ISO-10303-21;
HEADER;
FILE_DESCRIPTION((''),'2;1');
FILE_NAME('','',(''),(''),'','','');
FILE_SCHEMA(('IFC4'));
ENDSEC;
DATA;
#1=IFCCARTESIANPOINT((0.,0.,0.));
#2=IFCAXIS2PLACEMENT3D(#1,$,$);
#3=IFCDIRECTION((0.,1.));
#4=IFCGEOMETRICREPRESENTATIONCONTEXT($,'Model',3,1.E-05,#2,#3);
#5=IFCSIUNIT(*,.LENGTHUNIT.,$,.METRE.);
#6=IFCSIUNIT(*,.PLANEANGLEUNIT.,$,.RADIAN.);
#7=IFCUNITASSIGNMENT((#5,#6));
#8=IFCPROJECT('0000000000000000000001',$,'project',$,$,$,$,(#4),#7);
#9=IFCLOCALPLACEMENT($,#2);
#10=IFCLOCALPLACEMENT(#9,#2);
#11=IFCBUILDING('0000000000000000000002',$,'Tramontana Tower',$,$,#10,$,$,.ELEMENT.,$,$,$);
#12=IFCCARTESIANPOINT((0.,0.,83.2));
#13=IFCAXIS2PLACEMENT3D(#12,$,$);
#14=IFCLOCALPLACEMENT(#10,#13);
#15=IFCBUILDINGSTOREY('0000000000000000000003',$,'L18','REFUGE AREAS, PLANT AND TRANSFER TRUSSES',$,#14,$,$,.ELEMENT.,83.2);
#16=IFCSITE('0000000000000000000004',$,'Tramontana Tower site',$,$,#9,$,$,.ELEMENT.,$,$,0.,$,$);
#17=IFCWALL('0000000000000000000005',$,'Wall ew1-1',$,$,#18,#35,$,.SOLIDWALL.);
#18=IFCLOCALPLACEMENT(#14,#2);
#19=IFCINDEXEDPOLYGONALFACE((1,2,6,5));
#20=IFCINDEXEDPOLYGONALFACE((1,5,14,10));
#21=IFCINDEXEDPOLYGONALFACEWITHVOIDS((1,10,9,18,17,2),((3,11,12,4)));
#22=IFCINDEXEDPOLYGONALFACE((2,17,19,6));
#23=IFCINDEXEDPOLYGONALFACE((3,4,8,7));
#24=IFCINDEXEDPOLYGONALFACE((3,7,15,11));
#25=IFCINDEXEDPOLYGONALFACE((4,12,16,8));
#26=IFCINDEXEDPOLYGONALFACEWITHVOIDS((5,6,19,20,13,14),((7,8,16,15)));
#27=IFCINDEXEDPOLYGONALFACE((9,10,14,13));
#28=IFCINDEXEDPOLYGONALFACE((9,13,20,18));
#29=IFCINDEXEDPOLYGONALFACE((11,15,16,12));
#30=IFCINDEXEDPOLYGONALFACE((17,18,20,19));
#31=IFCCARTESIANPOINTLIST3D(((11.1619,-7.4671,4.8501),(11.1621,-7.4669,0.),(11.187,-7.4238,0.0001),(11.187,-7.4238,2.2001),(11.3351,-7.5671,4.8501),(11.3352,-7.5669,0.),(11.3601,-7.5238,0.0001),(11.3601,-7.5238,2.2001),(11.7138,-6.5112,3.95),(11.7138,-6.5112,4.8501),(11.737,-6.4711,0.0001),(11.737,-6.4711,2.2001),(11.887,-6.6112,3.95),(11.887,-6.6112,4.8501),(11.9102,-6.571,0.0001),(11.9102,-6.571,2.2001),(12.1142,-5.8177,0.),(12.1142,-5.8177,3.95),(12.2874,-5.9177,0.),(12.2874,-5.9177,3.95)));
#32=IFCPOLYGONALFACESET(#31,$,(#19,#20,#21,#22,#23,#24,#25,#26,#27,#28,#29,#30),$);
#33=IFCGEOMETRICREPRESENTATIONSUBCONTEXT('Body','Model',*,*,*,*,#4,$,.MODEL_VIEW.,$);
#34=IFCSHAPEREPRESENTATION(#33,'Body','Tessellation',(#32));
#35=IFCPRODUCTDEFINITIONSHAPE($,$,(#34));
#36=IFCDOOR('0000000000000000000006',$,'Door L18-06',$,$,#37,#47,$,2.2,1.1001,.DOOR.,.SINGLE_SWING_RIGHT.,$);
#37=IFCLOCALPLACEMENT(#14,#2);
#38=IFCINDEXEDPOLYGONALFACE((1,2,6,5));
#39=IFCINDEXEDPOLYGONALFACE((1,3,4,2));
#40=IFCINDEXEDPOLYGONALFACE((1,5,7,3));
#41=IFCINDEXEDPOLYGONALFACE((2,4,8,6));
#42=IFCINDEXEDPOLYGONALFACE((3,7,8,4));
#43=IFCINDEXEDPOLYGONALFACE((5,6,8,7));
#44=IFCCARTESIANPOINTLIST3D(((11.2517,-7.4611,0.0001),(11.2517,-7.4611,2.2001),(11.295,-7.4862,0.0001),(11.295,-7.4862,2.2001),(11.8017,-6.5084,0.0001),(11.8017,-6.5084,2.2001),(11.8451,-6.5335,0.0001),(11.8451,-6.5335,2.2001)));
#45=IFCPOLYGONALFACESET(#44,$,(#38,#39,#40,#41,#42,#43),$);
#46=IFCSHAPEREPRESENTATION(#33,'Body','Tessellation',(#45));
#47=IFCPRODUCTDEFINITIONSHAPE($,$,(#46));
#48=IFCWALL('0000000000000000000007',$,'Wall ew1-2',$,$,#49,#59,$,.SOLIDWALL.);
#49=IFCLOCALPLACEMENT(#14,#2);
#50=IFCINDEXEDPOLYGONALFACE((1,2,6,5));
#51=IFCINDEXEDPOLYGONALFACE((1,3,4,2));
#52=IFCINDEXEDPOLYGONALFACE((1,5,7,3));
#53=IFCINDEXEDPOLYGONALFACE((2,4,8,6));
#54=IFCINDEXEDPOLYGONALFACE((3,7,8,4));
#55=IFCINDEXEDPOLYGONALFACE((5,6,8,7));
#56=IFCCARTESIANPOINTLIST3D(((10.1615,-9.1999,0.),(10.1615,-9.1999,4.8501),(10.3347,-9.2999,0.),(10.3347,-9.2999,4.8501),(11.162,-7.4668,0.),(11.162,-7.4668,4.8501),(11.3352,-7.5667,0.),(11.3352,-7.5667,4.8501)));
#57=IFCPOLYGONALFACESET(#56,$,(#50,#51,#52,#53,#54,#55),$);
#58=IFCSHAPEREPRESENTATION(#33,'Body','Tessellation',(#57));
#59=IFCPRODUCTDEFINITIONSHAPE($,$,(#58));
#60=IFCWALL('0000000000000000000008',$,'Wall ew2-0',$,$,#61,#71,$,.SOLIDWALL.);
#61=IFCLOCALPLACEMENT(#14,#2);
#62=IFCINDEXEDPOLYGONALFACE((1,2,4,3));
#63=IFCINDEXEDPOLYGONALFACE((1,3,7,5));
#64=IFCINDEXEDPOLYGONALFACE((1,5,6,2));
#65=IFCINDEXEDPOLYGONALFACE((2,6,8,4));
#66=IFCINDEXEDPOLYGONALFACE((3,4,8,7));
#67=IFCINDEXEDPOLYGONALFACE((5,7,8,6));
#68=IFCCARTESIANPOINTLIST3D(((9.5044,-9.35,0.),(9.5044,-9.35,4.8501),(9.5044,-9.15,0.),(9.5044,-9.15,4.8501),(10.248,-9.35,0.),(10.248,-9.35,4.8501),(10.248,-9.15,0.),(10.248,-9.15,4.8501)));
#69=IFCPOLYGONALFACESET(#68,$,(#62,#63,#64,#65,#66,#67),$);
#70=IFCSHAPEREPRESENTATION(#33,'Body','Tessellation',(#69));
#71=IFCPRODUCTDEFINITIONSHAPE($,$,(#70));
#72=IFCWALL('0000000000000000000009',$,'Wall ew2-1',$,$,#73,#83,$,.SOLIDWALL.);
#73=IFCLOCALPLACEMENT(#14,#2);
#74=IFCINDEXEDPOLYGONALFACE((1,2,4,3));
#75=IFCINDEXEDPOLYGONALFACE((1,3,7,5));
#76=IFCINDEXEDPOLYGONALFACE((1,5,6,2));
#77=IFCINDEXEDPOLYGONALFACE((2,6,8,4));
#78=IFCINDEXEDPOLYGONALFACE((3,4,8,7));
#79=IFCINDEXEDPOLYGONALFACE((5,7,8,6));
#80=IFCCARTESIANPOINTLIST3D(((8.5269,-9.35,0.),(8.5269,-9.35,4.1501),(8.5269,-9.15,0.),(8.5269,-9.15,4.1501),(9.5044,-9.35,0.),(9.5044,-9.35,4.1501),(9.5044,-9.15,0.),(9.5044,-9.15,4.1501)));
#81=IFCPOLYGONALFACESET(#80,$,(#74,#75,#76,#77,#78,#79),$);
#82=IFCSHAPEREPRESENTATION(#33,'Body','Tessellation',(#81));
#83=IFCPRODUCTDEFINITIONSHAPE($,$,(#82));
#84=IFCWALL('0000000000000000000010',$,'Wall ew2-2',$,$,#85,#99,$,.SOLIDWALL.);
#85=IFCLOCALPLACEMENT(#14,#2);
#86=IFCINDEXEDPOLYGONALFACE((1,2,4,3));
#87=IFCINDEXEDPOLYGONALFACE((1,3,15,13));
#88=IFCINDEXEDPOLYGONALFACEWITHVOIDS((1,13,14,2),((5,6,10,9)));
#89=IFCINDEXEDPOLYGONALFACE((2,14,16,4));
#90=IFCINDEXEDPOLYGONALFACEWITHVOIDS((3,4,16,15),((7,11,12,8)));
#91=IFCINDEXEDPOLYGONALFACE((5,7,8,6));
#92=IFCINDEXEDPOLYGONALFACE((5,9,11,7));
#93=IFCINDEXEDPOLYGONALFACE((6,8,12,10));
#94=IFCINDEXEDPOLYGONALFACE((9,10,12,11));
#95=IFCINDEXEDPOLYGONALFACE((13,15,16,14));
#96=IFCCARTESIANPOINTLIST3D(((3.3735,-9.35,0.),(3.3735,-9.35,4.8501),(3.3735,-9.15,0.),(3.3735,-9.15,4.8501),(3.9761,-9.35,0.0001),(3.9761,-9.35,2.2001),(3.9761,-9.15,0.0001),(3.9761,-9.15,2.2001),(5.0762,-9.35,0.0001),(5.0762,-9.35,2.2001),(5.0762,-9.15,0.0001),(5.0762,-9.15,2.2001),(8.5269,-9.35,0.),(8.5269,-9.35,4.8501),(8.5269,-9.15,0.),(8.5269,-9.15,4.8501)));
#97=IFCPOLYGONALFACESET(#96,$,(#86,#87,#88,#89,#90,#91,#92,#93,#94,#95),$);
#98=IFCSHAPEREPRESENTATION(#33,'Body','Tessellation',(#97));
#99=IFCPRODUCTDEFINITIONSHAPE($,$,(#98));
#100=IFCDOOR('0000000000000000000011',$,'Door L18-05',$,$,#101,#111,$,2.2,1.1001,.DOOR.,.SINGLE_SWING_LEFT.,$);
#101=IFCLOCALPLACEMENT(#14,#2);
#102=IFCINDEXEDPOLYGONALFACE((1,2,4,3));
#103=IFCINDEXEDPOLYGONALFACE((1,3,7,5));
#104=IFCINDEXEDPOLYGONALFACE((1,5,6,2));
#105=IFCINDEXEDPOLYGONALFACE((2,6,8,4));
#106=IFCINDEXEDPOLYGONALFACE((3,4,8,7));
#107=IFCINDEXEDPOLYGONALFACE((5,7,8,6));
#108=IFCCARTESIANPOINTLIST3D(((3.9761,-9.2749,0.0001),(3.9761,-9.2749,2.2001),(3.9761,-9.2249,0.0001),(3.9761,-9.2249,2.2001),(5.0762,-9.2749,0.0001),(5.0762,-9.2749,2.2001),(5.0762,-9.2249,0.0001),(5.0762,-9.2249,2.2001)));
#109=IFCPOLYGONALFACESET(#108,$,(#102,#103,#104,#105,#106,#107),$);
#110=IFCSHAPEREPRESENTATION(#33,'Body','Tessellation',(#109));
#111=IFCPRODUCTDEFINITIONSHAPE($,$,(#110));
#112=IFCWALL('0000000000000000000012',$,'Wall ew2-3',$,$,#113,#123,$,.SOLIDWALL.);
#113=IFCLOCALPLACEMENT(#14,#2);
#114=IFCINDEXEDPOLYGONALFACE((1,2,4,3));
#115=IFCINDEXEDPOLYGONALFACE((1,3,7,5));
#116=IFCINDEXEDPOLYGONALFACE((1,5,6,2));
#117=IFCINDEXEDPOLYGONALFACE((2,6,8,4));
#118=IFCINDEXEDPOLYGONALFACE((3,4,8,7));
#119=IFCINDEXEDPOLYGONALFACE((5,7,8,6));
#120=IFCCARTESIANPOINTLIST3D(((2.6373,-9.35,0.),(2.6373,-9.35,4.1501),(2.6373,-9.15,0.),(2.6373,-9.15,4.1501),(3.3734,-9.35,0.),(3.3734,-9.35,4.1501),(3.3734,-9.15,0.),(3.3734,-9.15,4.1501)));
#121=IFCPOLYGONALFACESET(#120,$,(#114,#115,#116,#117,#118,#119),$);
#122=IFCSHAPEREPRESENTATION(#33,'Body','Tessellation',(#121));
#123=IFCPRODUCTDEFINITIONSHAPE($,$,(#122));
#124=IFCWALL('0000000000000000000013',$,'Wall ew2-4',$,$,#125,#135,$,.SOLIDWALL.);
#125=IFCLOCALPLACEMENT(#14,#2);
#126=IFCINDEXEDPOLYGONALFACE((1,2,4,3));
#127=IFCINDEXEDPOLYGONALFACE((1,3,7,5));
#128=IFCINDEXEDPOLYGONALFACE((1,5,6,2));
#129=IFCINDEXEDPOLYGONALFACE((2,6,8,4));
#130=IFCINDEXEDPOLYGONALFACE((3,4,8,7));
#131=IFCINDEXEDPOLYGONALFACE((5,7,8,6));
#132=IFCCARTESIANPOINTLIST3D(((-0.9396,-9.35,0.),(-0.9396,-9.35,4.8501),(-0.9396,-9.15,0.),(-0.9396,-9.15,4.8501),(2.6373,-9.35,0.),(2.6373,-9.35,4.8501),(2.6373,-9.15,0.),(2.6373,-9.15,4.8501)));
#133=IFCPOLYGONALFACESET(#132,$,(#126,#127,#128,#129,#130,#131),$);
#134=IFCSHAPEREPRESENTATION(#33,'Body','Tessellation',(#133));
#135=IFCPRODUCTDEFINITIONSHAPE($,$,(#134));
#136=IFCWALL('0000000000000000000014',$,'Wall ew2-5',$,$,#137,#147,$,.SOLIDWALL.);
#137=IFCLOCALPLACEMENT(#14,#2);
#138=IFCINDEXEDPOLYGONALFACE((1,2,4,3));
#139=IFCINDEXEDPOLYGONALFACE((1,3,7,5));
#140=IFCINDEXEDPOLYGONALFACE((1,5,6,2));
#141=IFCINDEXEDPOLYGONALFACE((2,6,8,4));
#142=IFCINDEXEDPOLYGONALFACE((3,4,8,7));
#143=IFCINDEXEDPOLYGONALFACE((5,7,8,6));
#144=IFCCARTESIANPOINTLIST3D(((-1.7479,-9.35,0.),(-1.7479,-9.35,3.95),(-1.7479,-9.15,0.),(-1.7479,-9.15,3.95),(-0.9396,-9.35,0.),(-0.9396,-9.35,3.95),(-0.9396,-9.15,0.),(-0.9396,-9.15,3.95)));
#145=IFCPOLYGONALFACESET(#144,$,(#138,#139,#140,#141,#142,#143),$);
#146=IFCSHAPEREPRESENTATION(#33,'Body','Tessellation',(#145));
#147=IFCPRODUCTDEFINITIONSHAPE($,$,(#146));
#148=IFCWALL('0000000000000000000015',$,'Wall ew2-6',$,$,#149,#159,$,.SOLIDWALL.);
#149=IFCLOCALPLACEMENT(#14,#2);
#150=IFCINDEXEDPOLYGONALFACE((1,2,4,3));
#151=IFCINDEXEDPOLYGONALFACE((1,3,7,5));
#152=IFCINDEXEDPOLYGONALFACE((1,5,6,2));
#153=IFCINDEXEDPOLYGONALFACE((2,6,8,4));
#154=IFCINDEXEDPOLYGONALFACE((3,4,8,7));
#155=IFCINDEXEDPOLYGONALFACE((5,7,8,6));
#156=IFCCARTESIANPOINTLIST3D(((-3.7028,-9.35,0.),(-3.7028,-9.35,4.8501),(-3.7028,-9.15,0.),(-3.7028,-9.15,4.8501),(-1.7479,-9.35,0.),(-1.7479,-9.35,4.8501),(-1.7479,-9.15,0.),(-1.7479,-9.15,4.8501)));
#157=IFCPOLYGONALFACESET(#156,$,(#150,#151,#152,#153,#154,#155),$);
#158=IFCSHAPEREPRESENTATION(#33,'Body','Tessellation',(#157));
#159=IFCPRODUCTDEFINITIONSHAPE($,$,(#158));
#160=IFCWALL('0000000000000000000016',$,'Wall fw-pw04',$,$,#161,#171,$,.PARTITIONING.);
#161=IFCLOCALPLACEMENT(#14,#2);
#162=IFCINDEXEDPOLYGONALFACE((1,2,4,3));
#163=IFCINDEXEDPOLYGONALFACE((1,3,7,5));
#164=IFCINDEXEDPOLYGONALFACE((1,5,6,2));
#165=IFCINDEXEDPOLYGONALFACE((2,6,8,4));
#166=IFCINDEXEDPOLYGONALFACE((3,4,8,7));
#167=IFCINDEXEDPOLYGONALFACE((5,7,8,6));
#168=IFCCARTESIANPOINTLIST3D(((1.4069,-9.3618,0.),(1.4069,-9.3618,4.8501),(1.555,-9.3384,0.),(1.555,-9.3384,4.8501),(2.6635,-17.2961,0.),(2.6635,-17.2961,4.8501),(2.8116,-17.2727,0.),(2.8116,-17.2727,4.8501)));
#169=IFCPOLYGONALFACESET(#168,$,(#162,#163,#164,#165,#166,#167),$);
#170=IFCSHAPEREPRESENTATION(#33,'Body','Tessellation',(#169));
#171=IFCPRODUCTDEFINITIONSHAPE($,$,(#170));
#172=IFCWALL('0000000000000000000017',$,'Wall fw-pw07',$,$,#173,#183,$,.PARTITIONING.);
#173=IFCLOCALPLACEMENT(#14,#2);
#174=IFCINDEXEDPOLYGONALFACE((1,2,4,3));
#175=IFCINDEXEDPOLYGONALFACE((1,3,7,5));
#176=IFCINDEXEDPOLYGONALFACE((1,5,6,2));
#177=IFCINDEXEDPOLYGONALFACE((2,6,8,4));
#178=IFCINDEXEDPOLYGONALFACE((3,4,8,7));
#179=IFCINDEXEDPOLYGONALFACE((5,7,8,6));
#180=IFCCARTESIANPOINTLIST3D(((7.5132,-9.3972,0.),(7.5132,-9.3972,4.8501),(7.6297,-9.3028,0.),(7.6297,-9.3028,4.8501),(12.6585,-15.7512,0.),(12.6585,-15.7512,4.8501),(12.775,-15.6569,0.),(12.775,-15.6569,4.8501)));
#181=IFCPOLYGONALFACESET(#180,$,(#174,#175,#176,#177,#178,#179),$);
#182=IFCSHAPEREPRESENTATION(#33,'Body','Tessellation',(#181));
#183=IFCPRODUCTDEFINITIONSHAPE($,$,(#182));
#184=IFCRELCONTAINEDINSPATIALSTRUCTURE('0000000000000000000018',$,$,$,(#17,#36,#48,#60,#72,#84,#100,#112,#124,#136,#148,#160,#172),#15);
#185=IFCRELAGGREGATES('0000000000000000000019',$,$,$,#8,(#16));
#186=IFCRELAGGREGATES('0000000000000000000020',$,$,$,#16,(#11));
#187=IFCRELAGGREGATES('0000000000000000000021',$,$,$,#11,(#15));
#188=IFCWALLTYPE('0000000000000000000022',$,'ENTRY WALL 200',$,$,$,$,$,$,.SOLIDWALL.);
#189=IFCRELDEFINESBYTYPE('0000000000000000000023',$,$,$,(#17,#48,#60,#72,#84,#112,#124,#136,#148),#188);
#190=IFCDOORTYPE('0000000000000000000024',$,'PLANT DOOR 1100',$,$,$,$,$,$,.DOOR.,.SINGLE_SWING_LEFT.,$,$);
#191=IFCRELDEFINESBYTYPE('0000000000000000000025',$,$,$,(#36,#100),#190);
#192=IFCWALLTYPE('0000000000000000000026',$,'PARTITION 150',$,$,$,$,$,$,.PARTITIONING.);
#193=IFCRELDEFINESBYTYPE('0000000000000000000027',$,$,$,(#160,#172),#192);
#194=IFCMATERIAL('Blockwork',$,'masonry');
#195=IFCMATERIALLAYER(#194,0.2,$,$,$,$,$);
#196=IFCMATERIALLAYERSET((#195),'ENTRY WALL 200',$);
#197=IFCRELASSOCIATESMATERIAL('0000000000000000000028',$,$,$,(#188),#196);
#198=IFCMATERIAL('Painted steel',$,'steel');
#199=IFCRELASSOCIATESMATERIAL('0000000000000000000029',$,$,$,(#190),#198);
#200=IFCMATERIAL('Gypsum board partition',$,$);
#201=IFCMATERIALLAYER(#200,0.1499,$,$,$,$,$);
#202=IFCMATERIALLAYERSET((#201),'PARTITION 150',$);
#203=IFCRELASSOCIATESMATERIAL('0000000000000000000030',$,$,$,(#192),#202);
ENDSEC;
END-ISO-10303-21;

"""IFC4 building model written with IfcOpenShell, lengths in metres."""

from ifc_helpers import new_model, si_unit, direction, frame, frame_2d, origin, place, context, subcontext, project, spatial, polyline, rectangle, outline, extrude, material, layer, layer_set, type_object, element, fill, save


model = new_model("IFC4")

# Units and contexts
model_context = context("Model", 3, precision=1e-05, world=origin(), true_north=direction((0.0, 1.0)))
body_context = subcontext(model_context, "Body", "Model", "MODEL_VIEW")
ifc_project = project(units=[si_unit("LENGTHUNIT", "METRE"), si_unit("PLANEANGLEUNIT", "RADIAN")], contexts=[model_context])

# Site, building, storey
site_placement = place(None, origin())
site = spatial("IfcSite", under=ifc_project, at=site_placement, Name="Tramontana Tower site", CompositionType="ELEMENT", RefElevation=0.0)
building_placement = place(site_placement, origin())
building = spatial("IfcBuilding", under=site, at=building_placement, Name="Tramontana Tower", CompositionType="ELEMENT")
storey_placement = place(building_placement, frame((0.0, 0.0, 83.2)))
storey = spatial("IfcBuildingStorey", under=building, at=storey_placement, Name="L18", Description="REFUGE AREAS, PLANT AND TRANSFER TRUSSES", CompositionType="ELEMENT", Elevation=83.2)

# Wall, opening, door
ifc_material_1 = material(Name="Blockwork", Category="masonry")
ifc_layer_1 = layer(ifc_material_1, 0.2)
ifc_layer_set_1 = layer_set([ifc_layer_1], Name="ENTRY WALL 200")
wall_type_1 = type_object("IfcWallType", Name="ENTRY WALL 200", PredefinedType="SOLIDWALL", material=ifc_layer_set_1)
wall_1_placement = place(storey_placement, frame((12.2007, -5.8677, 0.0), z_axis=(0.0, 0.0, 1.0), x_axis=(-0.5, -0.866025, 0.0)))
wall_1 = element("IfcWall", 1, at=wall_1_placement, inside=storey, type_object=wall_type_1, Name="Wall ew1-1", PredefinedType="SOLIDWALL", context=body_context, shape_type="SweptSolid", body=[
    extrude(outline(polyline([(0.0, 0.0), (1.9043, 0.0), (1.9045, 4.8501), (0.8008, 4.8501), (0.8008, 3.95), (0.0, 3.95), (0.0, 0.0)])), frame((0.0, 0.1001, 0.0), z_axis=(0.0, -1.0, 0.0), x_axis=(1.0, 0.0, 0.0)), (0.0, 0.0, 1.0), 0.2),
])
opening_1_placement = place(wall_1_placement, frame((0.7544, 0.0, 0.0)))
opening_1 = element("IfcOpeningElement", 2, at=opening_1_placement, cuts=wall_1, PredefinedType="OPENING", context=body_context, shape_type="SweptSolid", body=[
    extrude(rectangle(XDim=1.1001, YDim=2.2, at=frame_2d((0.55, 1.1001))), frame((0.0, 0.1099, 0.0), z_axis=(0.0, -1.0, 0.0), x_axis=(1.0, 0.0, 0.0)), (0.0, 0.0, 1.0), 0.22),
])
ifc_material_2 = material(Name="Painted steel", Category="steel")
door_type = type_object("IfcDoorType", Name="PLANT DOOR 1100", OperationType="SINGLE_SWING_LEFT", PredefinedType="DOOR", material=ifc_material_2)
door_1_placement = place(opening_1_placement, origin())
door_1 = element("IfcDoor", 3, at=door_1_placement, inside=storey, type_object=door_type, Name="Door L18-06", OperationType="SINGLE_SWING_RIGHT", OverallHeight=2.2, OverallWidth=1.1001, PredefinedType="DOOR", context=body_context, shape_type="SweptSolid", body=[
    extrude(rectangle(XDim=1.1001, YDim=2.2, at=frame_2d((0.55, 1.1001))), frame((0.0, 0.0249, 0.0), z_axis=(0.0, -1.0, 0.0), x_axis=(1.0, 0.0, 0.0)), (0.0, 0.0, 1.0), 0.05),
])
fill(opening_1, door_1)

# Walls
wall_2_placement = place(storey_placement, frame((11.2485, -7.5168, 0.0), z_axis=(0.0, 0.0, 1.0), x_axis=(-0.499944, -0.866058, 0.0)))
element("IfcWall", 4, at=wall_2_placement, inside=storey, type_object=wall_type_1, Name="Wall ew1-2", PredefinedType="SOLIDWALL", context=body_context, shape_type="SweptSolid", body=[
    extrude(rectangle(XDim=2.0012, YDim=0.2, at=frame_2d((1.0005, 0.0))), origin(), (0.0, 0.0, 1.0), 4.8501),
])
wall_3_placement = place(storey_placement, frame((10.248, -9.25, 0.0), z_axis=(0.0, 0.0, 1.0), x_axis=(-1.0, 0.0, 0.0)))
element("IfcWall", 5, at=wall_3_placement, inside=storey, type_object=wall_type_1, Name="Wall ew2-0", PredefinedType="SOLIDWALL", context=body_context, shape_type="SweptSolid", body=[
    extrude(rectangle(XDim=0.7437, YDim=0.2, at=frame_2d((0.3718, 0.0))), origin(), (0.0, 0.0, 1.0), 4.8501),
])
wall_4_placement = place(storey_placement, frame((9.5044, -9.25, 0.0), z_axis=(0.0, 0.0, 1.0), x_axis=(-1.0, 0.0, 0.0)))
element("IfcWall", 6, at=wall_4_placement, inside=storey, type_object=wall_type_1, Name="Wall ew2-1", PredefinedType="SOLIDWALL", context=body_context, shape_type="SweptSolid", body=[
    extrude(rectangle(XDim=0.9775, YDim=0.2, at=frame_2d((0.4888, 0.0))), origin(), (0.0, 0.0, 1.0), 4.1501),
])

# Wall, opening, door
wall_5_placement = place(storey_placement, frame((8.5269, -9.25, 0.0), z_axis=(0.0, 0.0, 1.0), x_axis=(-1.0, 0.0, 0.0)))
wall_5 = element("IfcWall", 7, at=wall_5_placement, inside=storey, type_object=wall_type_1, Name="Wall ew2-2", PredefinedType="SOLIDWALL", context=body_context, shape_type="SweptSolid", body=[
    extrude(rectangle(XDim=5.1533, YDim=0.2, at=frame_2d((2.5767, 0.0))), origin(), (0.0, 0.0, 1.0), 4.8501),
])
opening_2_placement = place(wall_5_placement, frame((3.4507, 0.0, 0.0)))
opening_2 = element("IfcOpeningElement", 8, at=opening_2_placement, cuts=wall_5, PredefinedType="OPENING", context=body_context, shape_type="SweptSolid", body=[
    extrude(rectangle(XDim=1.1001, YDim=2.2, at=frame_2d((0.55, 1.1001))), frame((0.0, 0.1099, 0.0), z_axis=(0.0, -1.0, 0.0), x_axis=(1.0, 0.0, 0.0)), (0.0, 0.0, 1.0), 0.22),
])
door_2_placement = place(opening_2_placement, origin())
door_2 = element("IfcDoor", 9, at=door_2_placement, inside=storey, type_object=door_type, Name="Door L18-05", OperationType="SINGLE_SWING_LEFT", OverallHeight=2.2, OverallWidth=1.1001, PredefinedType="DOOR", context=body_context, shape_type="SweptSolid", body=[
    extrude(rectangle(XDim=1.1001, YDim=2.2, at=frame_2d((0.55, 1.1001))), frame((0.0, 0.0249, 0.0), z_axis=(0.0, -1.0, 0.0), x_axis=(1.0, 0.0, 0.0)), (0.0, 0.0, 1.0), 0.05),
])
fill(opening_2, door_2)

# Walls
wall_6_placement = place(storey_placement, frame((3.3735, -9.25, 0.0), z_axis=(0.0, 0.0, 1.0), x_axis=(-1.0, 0.0, 0.0)))
element("IfcWall", 10, at=wall_6_placement, inside=storey, type_object=wall_type_1, Name="Wall ew2-3", PredefinedType="SOLIDWALL", context=body_context, shape_type="SweptSolid", body=[
    extrude(rectangle(XDim=0.7361, YDim=0.2, at=frame_2d((0.3682, 0.0))), origin(), (0.0, 0.0, 1.0), 4.1501),
])
wall_7_placement = place(storey_placement, frame((2.6375, -9.25, 0.0), z_axis=(0.0, 0.0, 1.0), x_axis=(-1.0, 0.0, 0.0)))
element("IfcWall", 11, at=wall_7_placement, inside=storey, type_object=wall_type_1, Name="Wall ew2-4", PredefinedType="SOLIDWALL", context=body_context, shape_type="SweptSolid", body=[
    extrude(rectangle(XDim=3.5769, YDim=0.2, at=frame_2d((1.7886, 0.0))), origin(), (0.0, 0.0, 1.0), 4.8501),
])
wall_8_placement = place(storey_placement, frame((-0.9395, -9.25, 0.0), z_axis=(0.0, 0.0, 1.0), x_axis=(-1.0, 0.0, 0.0)))
element("IfcWall", 12, at=wall_8_placement, inside=storey, type_object=wall_type_1, Name="Wall ew2-5", PredefinedType="SOLIDWALL", context=body_context, shape_type="SweptSolid", body=[
    extrude(rectangle(XDim=0.8083, YDim=0.2, at=frame_2d((0.4043, 0.0))), origin(), (0.0, 0.0, 1.0), 3.95),
])
wall_9_placement = place(storey_placement, frame((-1.7478, -9.25, 0.0), z_axis=(0.0, 0.0, 1.0), x_axis=(-1.0, 0.0, 0.0)))
element("IfcWall", 13, at=wall_9_placement, inside=storey, type_object=wall_type_1, Name="Wall ew2-6", PredefinedType="SOLIDWALL", context=body_context, shape_type="SweptSolid", body=[
    extrude(rectangle(XDim=1.9548, YDim=0.2, at=frame_2d((0.9775, 0.0))), origin(), (0.0, 0.0, 1.0), 4.8501),
])
ifc_material_3 = material(Name="Gypsum board partition")
ifc_layer_2 = layer(ifc_material_3, 0.1499)
ifc_layer_set_2 = layer_set([ifc_layer_2], Name="PARTITION 150")
wall_type_2 = type_object("IfcWallType", Name="PARTITION 150", PredefinedType="PARTITIONING", material=ifc_layer_set_2)
wall_10_placement = place(storey_placement, frame((1.481, -9.3501, 0.0), z_axis=(0.0, 0.0, 1.0), x_axis=(0.156425, -0.98769, 0.0)))
element("IfcWall", 14, at=wall_10_placement, inside=storey, type_object=wall_type_2, Name="Wall fw-pw04", PredefinedType="PARTITIONING", context=body_context, shape_type="SweptSolid", body=[
    extrude(rectangle(XDim=8.0332, YDim=0.1499, at=frame_2d((4.0166, 0.0))), origin(), (0.0, 0.0, 1.0), 4.8501),
])
wall_11_placement = place(storey_placement, frame((7.5715, -9.3501, 0.0), z_axis=(0.0, 0.0, 1.0), x_axis=(0.629312, -0.777152, 0.0)))
element("IfcWall", 15, at=wall_11_placement, inside=storey, type_object=wall_type_2, Name="Wall fw-pw07", PredefinedType="PARTITIONING", context=body_context, shape_type="SweptSolid", body=[
    extrude(rectangle(XDim=8.176, YDim=0.1499, at=frame_2d((4.0879, 0.0))), origin(), (0.0, 0.0, 1.0), 4.8501),
])

save(model, "model.ifc")
